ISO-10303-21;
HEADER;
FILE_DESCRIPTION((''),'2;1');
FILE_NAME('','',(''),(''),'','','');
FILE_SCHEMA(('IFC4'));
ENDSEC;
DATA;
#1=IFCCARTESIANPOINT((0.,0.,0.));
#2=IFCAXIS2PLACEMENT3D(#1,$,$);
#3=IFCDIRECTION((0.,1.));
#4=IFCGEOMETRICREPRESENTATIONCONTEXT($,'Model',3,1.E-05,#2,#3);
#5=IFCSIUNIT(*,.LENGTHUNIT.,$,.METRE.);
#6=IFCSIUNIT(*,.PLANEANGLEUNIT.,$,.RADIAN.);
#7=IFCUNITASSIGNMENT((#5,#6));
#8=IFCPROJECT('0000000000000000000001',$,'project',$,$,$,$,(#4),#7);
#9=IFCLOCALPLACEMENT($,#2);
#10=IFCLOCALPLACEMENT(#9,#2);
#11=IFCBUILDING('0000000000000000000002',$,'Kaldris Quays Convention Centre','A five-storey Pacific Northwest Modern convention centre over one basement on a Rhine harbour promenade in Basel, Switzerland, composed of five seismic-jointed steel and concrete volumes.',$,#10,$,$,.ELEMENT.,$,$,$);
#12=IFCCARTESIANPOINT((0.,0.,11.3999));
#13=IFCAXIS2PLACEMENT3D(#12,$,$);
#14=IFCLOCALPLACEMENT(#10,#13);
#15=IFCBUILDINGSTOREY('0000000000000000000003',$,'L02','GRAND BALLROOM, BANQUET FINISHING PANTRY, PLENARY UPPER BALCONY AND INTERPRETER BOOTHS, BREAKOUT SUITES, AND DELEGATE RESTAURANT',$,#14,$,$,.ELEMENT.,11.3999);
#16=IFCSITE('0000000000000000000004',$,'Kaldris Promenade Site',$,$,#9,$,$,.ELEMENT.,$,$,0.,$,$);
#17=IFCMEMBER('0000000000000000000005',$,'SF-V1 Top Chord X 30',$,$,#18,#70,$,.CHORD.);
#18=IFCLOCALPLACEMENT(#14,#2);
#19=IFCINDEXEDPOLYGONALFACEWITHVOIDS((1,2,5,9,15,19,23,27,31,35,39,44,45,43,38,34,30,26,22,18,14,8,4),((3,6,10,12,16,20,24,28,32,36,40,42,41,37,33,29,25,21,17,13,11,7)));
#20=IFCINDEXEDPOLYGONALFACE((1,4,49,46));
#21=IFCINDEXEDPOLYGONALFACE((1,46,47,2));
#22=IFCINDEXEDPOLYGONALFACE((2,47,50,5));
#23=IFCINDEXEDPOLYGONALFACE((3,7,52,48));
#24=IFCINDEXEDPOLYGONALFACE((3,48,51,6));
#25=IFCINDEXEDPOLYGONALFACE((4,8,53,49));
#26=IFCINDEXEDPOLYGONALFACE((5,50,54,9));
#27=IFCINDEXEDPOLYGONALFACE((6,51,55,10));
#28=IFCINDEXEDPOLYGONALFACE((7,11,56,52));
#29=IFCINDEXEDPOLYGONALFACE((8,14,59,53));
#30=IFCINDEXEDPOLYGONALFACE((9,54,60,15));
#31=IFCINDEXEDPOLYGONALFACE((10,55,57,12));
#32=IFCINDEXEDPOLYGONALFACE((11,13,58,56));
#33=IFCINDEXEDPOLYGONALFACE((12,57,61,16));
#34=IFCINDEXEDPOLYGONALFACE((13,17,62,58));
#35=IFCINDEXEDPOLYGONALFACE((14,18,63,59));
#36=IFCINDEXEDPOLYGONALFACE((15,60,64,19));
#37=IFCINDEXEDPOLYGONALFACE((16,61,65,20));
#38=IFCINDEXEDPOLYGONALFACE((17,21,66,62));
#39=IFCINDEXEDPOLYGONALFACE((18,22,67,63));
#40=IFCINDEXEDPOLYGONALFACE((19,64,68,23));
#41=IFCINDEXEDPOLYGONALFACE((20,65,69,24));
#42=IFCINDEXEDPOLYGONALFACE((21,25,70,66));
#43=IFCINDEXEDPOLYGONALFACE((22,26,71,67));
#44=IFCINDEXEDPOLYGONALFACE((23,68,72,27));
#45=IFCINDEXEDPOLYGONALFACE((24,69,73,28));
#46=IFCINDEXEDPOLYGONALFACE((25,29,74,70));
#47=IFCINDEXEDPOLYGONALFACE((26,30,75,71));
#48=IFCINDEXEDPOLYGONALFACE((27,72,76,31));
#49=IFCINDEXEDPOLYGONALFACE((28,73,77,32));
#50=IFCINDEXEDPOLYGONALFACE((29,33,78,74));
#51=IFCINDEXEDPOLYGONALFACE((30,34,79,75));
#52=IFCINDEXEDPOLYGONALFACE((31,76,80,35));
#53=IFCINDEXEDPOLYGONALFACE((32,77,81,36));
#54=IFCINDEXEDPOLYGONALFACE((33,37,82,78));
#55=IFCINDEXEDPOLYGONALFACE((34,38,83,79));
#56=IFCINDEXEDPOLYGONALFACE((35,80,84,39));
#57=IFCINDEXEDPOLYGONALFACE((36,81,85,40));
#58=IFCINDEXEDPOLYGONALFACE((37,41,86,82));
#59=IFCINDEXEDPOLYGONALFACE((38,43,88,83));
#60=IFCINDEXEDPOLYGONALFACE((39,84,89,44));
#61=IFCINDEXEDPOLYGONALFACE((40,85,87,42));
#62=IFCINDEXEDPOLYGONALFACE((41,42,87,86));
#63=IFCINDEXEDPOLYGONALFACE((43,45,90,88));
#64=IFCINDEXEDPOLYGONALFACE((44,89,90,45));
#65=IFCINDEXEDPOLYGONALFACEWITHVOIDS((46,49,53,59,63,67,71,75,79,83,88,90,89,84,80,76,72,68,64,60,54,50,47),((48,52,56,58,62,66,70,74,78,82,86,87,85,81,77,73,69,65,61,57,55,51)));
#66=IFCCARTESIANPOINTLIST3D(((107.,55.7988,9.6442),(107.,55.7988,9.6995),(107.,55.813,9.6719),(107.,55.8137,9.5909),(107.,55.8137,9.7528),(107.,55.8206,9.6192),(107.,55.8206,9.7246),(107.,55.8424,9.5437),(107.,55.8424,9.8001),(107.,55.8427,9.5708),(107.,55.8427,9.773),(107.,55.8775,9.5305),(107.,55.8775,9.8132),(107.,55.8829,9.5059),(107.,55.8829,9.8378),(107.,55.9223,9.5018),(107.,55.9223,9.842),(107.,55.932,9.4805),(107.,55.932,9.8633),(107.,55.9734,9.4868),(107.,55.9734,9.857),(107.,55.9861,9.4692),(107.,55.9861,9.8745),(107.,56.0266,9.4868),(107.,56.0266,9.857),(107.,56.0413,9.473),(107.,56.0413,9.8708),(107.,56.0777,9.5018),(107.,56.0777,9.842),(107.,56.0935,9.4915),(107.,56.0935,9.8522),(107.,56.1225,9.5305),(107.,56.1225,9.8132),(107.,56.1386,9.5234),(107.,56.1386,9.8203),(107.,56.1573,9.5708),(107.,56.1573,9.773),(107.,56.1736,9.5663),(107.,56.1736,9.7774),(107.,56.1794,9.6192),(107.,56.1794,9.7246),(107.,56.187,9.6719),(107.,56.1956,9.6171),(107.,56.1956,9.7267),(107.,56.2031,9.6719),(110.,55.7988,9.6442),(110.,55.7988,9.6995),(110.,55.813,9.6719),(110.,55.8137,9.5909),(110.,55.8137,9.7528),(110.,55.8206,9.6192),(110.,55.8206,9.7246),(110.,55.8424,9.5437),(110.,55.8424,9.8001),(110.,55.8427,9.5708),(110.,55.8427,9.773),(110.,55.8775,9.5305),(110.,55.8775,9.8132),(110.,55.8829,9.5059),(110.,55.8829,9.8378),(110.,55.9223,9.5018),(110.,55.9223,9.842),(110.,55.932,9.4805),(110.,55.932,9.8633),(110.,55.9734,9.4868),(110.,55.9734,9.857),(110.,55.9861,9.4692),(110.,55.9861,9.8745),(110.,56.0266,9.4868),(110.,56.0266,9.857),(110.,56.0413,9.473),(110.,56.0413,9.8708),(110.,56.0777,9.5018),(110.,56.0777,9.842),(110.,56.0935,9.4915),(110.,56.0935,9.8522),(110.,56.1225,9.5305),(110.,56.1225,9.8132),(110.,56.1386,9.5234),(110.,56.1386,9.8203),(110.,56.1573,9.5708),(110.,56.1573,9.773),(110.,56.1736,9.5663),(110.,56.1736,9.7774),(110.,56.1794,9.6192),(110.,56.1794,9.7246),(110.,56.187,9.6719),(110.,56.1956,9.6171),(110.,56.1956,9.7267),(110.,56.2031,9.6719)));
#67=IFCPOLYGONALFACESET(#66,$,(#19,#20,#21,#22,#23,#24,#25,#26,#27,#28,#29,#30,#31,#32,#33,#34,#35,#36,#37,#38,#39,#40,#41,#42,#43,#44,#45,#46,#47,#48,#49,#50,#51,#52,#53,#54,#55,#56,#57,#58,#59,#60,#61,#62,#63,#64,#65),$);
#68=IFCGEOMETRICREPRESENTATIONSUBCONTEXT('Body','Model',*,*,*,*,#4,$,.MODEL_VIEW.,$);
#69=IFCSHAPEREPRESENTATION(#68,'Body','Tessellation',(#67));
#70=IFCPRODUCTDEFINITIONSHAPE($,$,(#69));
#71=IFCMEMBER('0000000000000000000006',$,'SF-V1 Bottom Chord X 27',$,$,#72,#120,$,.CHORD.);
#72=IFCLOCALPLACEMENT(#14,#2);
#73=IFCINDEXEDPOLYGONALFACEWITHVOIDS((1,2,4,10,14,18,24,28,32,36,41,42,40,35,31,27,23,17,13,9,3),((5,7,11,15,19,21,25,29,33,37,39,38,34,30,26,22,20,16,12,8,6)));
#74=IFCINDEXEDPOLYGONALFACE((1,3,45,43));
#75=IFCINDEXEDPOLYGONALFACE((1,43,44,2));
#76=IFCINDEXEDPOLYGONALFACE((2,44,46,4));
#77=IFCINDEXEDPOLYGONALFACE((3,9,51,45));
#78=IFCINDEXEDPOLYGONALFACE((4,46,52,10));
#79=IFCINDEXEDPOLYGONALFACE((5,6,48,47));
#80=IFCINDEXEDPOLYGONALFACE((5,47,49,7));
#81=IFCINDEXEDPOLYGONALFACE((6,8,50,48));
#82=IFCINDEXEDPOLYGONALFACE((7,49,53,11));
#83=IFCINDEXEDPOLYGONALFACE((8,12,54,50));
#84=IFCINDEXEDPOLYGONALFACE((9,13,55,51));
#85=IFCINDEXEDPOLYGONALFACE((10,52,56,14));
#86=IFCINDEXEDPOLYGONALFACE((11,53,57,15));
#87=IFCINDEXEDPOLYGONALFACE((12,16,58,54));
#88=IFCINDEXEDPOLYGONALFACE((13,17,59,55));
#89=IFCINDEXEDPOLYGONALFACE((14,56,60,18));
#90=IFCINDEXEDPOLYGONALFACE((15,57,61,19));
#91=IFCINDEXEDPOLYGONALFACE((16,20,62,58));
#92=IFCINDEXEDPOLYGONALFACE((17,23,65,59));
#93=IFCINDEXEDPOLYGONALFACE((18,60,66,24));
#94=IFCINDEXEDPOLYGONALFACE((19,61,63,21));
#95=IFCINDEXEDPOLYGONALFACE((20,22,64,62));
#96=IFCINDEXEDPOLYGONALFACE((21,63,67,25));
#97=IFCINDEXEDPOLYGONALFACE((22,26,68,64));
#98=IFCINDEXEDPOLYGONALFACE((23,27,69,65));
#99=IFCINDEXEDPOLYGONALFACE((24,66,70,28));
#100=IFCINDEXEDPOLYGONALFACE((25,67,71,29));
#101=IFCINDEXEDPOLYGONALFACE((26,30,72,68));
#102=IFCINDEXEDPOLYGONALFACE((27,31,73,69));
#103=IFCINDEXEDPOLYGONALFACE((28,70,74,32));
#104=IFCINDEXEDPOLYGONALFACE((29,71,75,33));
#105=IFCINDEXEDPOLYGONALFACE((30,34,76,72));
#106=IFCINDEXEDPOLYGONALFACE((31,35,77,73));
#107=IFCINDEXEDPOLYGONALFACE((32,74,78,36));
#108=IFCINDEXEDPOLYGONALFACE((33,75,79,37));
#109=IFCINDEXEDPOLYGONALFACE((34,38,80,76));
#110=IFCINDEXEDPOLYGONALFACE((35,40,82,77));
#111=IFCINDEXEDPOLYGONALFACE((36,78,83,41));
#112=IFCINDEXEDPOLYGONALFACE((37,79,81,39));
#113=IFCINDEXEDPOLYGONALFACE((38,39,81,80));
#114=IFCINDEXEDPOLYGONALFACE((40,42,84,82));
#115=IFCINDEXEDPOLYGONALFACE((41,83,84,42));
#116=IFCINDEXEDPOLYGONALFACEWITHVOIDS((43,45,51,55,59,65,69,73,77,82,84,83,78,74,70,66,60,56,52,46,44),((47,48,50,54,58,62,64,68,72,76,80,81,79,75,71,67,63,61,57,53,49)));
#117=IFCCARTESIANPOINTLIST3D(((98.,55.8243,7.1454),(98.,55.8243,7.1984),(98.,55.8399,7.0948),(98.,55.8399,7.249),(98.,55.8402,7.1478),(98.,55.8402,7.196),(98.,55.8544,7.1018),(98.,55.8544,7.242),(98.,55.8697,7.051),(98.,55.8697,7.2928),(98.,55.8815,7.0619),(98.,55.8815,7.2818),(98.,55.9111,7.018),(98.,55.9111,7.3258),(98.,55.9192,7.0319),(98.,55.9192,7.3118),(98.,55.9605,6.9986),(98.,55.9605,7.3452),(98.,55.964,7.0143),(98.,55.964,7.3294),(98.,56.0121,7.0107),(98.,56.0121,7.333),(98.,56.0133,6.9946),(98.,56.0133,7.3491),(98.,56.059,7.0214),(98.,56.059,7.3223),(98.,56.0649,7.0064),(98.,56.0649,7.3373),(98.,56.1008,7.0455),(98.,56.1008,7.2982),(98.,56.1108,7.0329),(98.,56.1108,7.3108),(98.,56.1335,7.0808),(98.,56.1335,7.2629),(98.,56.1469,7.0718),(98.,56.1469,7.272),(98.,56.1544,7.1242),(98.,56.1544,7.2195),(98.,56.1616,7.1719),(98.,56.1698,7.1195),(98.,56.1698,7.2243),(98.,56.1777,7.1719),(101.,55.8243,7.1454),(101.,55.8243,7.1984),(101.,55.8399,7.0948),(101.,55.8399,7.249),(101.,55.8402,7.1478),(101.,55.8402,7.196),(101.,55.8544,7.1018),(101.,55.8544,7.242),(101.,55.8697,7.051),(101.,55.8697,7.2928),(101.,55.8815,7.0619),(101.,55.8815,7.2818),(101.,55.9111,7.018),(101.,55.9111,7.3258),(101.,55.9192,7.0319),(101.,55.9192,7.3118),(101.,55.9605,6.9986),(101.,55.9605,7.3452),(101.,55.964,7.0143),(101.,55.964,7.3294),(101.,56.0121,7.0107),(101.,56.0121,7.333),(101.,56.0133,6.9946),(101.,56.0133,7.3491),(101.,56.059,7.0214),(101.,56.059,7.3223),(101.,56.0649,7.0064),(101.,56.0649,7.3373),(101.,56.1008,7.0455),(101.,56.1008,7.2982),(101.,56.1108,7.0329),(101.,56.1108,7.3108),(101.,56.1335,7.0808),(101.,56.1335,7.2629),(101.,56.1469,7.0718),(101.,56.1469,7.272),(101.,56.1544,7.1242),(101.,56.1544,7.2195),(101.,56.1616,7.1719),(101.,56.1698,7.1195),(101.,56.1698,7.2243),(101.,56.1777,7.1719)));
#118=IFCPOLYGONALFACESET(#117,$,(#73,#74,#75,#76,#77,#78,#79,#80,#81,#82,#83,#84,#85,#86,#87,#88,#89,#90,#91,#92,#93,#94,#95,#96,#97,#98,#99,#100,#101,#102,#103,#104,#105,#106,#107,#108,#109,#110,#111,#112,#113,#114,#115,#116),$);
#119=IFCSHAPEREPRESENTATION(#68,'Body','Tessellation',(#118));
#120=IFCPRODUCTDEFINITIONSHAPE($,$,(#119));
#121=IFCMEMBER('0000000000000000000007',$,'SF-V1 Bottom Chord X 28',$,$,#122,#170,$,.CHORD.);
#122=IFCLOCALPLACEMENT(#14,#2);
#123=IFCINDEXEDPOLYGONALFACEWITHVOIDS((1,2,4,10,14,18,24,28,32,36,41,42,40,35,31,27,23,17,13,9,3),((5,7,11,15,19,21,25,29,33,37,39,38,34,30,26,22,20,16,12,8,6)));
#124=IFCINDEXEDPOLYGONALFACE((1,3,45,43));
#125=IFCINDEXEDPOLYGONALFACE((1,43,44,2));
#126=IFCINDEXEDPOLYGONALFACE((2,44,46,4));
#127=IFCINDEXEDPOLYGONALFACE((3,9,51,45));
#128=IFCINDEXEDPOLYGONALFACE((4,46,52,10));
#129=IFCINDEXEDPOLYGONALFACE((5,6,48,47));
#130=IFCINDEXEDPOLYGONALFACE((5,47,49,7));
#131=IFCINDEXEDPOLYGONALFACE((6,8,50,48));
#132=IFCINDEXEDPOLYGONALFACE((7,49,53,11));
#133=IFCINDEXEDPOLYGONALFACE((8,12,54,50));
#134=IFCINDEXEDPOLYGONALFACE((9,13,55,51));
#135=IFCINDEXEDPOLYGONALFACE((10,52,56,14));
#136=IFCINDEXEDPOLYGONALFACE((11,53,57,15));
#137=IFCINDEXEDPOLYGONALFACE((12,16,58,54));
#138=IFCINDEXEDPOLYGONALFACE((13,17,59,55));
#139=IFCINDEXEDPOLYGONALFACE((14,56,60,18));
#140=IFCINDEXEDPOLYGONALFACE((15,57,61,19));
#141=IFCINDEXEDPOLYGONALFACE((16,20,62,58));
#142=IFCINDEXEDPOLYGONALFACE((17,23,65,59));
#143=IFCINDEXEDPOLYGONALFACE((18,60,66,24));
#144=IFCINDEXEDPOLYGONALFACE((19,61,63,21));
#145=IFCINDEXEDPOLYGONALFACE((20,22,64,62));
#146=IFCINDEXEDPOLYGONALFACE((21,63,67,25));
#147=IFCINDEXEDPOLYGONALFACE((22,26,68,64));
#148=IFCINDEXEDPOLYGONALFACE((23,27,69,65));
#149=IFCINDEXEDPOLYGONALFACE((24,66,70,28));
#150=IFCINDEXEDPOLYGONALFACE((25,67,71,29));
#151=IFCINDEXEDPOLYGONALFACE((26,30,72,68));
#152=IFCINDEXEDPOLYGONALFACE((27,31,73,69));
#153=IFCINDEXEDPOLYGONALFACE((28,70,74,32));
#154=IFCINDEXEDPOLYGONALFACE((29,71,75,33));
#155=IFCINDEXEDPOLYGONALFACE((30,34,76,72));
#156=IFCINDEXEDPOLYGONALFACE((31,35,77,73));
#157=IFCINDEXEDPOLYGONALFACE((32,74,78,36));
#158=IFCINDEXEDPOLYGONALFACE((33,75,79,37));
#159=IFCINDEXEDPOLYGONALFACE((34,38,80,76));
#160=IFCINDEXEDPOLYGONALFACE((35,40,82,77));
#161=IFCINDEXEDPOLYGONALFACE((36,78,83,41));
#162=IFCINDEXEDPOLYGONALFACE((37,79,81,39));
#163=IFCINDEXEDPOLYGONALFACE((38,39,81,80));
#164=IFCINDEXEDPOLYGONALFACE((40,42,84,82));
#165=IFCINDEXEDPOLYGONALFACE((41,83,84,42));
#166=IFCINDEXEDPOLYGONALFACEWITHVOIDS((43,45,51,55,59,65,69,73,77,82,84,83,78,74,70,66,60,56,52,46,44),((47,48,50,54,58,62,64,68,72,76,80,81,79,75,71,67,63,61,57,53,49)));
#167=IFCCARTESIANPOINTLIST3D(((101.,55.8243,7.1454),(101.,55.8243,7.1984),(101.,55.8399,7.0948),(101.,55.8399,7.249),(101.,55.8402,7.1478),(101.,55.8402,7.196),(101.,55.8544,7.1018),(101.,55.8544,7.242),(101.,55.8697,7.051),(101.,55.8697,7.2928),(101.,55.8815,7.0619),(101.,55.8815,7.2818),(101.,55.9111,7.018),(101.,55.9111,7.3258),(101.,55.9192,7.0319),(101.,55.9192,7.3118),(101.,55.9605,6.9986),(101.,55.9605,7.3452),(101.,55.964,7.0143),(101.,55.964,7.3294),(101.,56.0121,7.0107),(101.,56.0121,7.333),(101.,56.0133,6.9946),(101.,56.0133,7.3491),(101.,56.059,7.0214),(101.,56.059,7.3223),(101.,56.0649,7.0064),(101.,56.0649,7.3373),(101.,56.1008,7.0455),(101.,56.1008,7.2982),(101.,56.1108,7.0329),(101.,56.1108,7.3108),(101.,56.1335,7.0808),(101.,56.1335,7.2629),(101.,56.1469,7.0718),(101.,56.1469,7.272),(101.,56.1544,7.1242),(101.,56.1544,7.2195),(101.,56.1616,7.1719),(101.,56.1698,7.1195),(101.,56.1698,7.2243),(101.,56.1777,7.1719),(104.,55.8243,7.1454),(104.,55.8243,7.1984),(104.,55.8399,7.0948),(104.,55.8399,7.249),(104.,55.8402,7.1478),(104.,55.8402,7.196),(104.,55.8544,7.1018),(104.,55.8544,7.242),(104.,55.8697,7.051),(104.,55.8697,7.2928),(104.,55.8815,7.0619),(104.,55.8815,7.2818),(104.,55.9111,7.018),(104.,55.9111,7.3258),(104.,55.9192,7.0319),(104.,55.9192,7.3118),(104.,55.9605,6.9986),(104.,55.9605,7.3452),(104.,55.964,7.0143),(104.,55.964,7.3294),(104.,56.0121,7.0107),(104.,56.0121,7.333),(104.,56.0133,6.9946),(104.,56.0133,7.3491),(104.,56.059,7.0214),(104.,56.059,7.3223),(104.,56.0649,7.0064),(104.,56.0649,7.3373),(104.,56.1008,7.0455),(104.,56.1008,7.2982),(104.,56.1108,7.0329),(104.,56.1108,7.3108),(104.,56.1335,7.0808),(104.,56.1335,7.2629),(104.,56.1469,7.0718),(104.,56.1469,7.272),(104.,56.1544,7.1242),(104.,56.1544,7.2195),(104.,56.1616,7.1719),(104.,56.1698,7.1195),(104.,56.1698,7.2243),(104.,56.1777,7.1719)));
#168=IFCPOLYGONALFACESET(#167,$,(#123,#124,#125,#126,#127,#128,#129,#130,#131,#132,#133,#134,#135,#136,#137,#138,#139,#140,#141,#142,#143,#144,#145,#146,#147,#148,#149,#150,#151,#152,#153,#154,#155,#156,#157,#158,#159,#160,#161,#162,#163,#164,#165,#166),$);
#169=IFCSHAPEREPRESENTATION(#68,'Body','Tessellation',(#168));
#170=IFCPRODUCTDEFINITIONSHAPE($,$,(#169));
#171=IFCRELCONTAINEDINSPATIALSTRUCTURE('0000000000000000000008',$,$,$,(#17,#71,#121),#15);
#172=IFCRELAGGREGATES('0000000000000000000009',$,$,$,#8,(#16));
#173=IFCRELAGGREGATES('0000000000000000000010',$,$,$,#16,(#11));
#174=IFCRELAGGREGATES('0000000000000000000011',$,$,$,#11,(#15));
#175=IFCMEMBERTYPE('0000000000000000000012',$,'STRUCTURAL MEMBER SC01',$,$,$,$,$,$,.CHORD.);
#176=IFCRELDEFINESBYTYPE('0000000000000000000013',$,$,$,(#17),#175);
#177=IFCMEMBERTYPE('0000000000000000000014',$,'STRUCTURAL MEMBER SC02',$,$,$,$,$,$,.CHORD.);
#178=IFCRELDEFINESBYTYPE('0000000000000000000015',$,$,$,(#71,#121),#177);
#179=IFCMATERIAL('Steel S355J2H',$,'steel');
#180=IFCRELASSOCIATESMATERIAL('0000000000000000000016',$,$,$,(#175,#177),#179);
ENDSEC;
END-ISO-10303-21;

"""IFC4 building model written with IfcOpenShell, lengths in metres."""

from ifc_helpers import new_model, si_unit, direction, frame, origin, origin_2d, place, context, subcontext, project, spatial, hollow_circle, extrude, material, material_profile, profile_set, type_object, element, save


model = new_model("IFC4")

# Units and contexts
model_context = context("Model", 3, precision=1e-05, world=origin(), true_north=direction((0.0, 1.0)))
body_context = subcontext(model_context, "Body", "Model", "MODEL_VIEW")
ifc_project = project(units=[si_unit("LENGTHUNIT", "METRE"), si_unit("PLANEANGLEUNIT", "RADIAN")], contexts=[model_context])

# Site, building, storey
site_placement = place(None, origin())
site = spatial("IfcSite", under=ifc_project, at=site_placement, Name="Kaldris Promenade Site", CompositionType="ELEMENT", RefElevation=0.0)
building_placement = place(site_placement, origin())
building = spatial("IfcBuilding", under=site, at=building_placement, Name="Kaldris Quays Convention Centre", Description="A five-storey Pacific Northwest Modern convention centre over one basement on a Rhine harbour promenade in Basel, Switzerland, composed of five seismic-jointed steel and concrete volumes.", CompositionType="ELEMENT")
storey_placement = place(building_placement, frame((0.0, 0.0, 11.3999)))
storey = spatial("IfcBuildingStorey", under=building, at=storey_placement, Name="L02", Description="GRAND BALLROOM, BANQUET FINISHING PANTRY, PLENARY UPPER BALCONY AND INTERPRETER BOOTHS, BREAKOUT SUITES, AND DELEGATE RESTAURANT", CompositionType="ELEMENT", Elevation=11.3999)

# Members
ifc_material_1 = material(Name="Steel S355J2H", Category="steel")
ifc_material_profile_1 = material_profile(ifc_material_1, hollow_circle(Radius=0.2031, WallThickness=0.0161, at=origin_2d()), Name="CHS 406.4x16")
ifc_profile_set_1 = profile_set([ifc_material_profile_1], Name="Steel S355J2H")
member_type_1 = type_object("IfcMemberType", Name="STRUCTURAL MEMBER SC01", PredefinedType="CHORD", material=ifc_profile_set_1)
for number, where, z_axis, x_axis, name in (
    (1, (107.0, 56.0, 9.6719), (1.0, 0.0, 0.0), (0.0, 1.0, 0.0), "SF-V1 Top Chord X 30"),
):
    element("IfcMember", number, at=place(storey_placement, frame(where, z_axis=z_axis, x_axis=x_axis)), inside=storey, type_object=member_type_1, Name=name, PredefinedType="CHORD", context=body_context, shape_type="SweptSolid", body=[
        extrude(hollow_circle(Radius=0.2031, WallThickness=0.0161, at=origin_2d()), origin(), (0.0, 0.0, 1.0), 3.0),
    ])
ifc_material_profile_2 = material_profile(ifc_material_1, hollow_circle(Radius=0.1777, WallThickness=0.0161, at=origin_2d()), Name="CHS 355.6x16")
ifc_profile_set_2 = profile_set([ifc_material_profile_2], Name="Steel S355J2H")
member_type_2 = type_object("IfcMemberType", Name="STRUCTURAL MEMBER SC02", PredefinedType="CHORD", material=ifc_profile_set_2)
for number, where, z_axis, x_axis, name in (
    (2, (98.0, 56.0, 7.1719), (1.0, 0.0, 0.0), (0.0, 1.0, 0.0), "SF-V1 Bottom Chord X 27"),
    (3, (101.0, 56.0, 7.1719), (1.0, 0.0, 0.0), (0.0, 1.0, 0.0), "SF-V1 Bottom Chord X 28"),
):
    element("IfcMember", number, at=place(storey_placement, frame(where, z_axis=z_axis, x_axis=x_axis)), inside=storey, type_object=member_type_2, Name=name, PredefinedType="CHORD", context=body_context, shape_type="SweptSolid", body=[
        extrude(hollow_circle(Radius=0.1777, WallThickness=0.0161, at=origin_2d()), origin(), (0.0, 0.0, 1.0), 3.0),
    ])

save(model, "model.ifc")
